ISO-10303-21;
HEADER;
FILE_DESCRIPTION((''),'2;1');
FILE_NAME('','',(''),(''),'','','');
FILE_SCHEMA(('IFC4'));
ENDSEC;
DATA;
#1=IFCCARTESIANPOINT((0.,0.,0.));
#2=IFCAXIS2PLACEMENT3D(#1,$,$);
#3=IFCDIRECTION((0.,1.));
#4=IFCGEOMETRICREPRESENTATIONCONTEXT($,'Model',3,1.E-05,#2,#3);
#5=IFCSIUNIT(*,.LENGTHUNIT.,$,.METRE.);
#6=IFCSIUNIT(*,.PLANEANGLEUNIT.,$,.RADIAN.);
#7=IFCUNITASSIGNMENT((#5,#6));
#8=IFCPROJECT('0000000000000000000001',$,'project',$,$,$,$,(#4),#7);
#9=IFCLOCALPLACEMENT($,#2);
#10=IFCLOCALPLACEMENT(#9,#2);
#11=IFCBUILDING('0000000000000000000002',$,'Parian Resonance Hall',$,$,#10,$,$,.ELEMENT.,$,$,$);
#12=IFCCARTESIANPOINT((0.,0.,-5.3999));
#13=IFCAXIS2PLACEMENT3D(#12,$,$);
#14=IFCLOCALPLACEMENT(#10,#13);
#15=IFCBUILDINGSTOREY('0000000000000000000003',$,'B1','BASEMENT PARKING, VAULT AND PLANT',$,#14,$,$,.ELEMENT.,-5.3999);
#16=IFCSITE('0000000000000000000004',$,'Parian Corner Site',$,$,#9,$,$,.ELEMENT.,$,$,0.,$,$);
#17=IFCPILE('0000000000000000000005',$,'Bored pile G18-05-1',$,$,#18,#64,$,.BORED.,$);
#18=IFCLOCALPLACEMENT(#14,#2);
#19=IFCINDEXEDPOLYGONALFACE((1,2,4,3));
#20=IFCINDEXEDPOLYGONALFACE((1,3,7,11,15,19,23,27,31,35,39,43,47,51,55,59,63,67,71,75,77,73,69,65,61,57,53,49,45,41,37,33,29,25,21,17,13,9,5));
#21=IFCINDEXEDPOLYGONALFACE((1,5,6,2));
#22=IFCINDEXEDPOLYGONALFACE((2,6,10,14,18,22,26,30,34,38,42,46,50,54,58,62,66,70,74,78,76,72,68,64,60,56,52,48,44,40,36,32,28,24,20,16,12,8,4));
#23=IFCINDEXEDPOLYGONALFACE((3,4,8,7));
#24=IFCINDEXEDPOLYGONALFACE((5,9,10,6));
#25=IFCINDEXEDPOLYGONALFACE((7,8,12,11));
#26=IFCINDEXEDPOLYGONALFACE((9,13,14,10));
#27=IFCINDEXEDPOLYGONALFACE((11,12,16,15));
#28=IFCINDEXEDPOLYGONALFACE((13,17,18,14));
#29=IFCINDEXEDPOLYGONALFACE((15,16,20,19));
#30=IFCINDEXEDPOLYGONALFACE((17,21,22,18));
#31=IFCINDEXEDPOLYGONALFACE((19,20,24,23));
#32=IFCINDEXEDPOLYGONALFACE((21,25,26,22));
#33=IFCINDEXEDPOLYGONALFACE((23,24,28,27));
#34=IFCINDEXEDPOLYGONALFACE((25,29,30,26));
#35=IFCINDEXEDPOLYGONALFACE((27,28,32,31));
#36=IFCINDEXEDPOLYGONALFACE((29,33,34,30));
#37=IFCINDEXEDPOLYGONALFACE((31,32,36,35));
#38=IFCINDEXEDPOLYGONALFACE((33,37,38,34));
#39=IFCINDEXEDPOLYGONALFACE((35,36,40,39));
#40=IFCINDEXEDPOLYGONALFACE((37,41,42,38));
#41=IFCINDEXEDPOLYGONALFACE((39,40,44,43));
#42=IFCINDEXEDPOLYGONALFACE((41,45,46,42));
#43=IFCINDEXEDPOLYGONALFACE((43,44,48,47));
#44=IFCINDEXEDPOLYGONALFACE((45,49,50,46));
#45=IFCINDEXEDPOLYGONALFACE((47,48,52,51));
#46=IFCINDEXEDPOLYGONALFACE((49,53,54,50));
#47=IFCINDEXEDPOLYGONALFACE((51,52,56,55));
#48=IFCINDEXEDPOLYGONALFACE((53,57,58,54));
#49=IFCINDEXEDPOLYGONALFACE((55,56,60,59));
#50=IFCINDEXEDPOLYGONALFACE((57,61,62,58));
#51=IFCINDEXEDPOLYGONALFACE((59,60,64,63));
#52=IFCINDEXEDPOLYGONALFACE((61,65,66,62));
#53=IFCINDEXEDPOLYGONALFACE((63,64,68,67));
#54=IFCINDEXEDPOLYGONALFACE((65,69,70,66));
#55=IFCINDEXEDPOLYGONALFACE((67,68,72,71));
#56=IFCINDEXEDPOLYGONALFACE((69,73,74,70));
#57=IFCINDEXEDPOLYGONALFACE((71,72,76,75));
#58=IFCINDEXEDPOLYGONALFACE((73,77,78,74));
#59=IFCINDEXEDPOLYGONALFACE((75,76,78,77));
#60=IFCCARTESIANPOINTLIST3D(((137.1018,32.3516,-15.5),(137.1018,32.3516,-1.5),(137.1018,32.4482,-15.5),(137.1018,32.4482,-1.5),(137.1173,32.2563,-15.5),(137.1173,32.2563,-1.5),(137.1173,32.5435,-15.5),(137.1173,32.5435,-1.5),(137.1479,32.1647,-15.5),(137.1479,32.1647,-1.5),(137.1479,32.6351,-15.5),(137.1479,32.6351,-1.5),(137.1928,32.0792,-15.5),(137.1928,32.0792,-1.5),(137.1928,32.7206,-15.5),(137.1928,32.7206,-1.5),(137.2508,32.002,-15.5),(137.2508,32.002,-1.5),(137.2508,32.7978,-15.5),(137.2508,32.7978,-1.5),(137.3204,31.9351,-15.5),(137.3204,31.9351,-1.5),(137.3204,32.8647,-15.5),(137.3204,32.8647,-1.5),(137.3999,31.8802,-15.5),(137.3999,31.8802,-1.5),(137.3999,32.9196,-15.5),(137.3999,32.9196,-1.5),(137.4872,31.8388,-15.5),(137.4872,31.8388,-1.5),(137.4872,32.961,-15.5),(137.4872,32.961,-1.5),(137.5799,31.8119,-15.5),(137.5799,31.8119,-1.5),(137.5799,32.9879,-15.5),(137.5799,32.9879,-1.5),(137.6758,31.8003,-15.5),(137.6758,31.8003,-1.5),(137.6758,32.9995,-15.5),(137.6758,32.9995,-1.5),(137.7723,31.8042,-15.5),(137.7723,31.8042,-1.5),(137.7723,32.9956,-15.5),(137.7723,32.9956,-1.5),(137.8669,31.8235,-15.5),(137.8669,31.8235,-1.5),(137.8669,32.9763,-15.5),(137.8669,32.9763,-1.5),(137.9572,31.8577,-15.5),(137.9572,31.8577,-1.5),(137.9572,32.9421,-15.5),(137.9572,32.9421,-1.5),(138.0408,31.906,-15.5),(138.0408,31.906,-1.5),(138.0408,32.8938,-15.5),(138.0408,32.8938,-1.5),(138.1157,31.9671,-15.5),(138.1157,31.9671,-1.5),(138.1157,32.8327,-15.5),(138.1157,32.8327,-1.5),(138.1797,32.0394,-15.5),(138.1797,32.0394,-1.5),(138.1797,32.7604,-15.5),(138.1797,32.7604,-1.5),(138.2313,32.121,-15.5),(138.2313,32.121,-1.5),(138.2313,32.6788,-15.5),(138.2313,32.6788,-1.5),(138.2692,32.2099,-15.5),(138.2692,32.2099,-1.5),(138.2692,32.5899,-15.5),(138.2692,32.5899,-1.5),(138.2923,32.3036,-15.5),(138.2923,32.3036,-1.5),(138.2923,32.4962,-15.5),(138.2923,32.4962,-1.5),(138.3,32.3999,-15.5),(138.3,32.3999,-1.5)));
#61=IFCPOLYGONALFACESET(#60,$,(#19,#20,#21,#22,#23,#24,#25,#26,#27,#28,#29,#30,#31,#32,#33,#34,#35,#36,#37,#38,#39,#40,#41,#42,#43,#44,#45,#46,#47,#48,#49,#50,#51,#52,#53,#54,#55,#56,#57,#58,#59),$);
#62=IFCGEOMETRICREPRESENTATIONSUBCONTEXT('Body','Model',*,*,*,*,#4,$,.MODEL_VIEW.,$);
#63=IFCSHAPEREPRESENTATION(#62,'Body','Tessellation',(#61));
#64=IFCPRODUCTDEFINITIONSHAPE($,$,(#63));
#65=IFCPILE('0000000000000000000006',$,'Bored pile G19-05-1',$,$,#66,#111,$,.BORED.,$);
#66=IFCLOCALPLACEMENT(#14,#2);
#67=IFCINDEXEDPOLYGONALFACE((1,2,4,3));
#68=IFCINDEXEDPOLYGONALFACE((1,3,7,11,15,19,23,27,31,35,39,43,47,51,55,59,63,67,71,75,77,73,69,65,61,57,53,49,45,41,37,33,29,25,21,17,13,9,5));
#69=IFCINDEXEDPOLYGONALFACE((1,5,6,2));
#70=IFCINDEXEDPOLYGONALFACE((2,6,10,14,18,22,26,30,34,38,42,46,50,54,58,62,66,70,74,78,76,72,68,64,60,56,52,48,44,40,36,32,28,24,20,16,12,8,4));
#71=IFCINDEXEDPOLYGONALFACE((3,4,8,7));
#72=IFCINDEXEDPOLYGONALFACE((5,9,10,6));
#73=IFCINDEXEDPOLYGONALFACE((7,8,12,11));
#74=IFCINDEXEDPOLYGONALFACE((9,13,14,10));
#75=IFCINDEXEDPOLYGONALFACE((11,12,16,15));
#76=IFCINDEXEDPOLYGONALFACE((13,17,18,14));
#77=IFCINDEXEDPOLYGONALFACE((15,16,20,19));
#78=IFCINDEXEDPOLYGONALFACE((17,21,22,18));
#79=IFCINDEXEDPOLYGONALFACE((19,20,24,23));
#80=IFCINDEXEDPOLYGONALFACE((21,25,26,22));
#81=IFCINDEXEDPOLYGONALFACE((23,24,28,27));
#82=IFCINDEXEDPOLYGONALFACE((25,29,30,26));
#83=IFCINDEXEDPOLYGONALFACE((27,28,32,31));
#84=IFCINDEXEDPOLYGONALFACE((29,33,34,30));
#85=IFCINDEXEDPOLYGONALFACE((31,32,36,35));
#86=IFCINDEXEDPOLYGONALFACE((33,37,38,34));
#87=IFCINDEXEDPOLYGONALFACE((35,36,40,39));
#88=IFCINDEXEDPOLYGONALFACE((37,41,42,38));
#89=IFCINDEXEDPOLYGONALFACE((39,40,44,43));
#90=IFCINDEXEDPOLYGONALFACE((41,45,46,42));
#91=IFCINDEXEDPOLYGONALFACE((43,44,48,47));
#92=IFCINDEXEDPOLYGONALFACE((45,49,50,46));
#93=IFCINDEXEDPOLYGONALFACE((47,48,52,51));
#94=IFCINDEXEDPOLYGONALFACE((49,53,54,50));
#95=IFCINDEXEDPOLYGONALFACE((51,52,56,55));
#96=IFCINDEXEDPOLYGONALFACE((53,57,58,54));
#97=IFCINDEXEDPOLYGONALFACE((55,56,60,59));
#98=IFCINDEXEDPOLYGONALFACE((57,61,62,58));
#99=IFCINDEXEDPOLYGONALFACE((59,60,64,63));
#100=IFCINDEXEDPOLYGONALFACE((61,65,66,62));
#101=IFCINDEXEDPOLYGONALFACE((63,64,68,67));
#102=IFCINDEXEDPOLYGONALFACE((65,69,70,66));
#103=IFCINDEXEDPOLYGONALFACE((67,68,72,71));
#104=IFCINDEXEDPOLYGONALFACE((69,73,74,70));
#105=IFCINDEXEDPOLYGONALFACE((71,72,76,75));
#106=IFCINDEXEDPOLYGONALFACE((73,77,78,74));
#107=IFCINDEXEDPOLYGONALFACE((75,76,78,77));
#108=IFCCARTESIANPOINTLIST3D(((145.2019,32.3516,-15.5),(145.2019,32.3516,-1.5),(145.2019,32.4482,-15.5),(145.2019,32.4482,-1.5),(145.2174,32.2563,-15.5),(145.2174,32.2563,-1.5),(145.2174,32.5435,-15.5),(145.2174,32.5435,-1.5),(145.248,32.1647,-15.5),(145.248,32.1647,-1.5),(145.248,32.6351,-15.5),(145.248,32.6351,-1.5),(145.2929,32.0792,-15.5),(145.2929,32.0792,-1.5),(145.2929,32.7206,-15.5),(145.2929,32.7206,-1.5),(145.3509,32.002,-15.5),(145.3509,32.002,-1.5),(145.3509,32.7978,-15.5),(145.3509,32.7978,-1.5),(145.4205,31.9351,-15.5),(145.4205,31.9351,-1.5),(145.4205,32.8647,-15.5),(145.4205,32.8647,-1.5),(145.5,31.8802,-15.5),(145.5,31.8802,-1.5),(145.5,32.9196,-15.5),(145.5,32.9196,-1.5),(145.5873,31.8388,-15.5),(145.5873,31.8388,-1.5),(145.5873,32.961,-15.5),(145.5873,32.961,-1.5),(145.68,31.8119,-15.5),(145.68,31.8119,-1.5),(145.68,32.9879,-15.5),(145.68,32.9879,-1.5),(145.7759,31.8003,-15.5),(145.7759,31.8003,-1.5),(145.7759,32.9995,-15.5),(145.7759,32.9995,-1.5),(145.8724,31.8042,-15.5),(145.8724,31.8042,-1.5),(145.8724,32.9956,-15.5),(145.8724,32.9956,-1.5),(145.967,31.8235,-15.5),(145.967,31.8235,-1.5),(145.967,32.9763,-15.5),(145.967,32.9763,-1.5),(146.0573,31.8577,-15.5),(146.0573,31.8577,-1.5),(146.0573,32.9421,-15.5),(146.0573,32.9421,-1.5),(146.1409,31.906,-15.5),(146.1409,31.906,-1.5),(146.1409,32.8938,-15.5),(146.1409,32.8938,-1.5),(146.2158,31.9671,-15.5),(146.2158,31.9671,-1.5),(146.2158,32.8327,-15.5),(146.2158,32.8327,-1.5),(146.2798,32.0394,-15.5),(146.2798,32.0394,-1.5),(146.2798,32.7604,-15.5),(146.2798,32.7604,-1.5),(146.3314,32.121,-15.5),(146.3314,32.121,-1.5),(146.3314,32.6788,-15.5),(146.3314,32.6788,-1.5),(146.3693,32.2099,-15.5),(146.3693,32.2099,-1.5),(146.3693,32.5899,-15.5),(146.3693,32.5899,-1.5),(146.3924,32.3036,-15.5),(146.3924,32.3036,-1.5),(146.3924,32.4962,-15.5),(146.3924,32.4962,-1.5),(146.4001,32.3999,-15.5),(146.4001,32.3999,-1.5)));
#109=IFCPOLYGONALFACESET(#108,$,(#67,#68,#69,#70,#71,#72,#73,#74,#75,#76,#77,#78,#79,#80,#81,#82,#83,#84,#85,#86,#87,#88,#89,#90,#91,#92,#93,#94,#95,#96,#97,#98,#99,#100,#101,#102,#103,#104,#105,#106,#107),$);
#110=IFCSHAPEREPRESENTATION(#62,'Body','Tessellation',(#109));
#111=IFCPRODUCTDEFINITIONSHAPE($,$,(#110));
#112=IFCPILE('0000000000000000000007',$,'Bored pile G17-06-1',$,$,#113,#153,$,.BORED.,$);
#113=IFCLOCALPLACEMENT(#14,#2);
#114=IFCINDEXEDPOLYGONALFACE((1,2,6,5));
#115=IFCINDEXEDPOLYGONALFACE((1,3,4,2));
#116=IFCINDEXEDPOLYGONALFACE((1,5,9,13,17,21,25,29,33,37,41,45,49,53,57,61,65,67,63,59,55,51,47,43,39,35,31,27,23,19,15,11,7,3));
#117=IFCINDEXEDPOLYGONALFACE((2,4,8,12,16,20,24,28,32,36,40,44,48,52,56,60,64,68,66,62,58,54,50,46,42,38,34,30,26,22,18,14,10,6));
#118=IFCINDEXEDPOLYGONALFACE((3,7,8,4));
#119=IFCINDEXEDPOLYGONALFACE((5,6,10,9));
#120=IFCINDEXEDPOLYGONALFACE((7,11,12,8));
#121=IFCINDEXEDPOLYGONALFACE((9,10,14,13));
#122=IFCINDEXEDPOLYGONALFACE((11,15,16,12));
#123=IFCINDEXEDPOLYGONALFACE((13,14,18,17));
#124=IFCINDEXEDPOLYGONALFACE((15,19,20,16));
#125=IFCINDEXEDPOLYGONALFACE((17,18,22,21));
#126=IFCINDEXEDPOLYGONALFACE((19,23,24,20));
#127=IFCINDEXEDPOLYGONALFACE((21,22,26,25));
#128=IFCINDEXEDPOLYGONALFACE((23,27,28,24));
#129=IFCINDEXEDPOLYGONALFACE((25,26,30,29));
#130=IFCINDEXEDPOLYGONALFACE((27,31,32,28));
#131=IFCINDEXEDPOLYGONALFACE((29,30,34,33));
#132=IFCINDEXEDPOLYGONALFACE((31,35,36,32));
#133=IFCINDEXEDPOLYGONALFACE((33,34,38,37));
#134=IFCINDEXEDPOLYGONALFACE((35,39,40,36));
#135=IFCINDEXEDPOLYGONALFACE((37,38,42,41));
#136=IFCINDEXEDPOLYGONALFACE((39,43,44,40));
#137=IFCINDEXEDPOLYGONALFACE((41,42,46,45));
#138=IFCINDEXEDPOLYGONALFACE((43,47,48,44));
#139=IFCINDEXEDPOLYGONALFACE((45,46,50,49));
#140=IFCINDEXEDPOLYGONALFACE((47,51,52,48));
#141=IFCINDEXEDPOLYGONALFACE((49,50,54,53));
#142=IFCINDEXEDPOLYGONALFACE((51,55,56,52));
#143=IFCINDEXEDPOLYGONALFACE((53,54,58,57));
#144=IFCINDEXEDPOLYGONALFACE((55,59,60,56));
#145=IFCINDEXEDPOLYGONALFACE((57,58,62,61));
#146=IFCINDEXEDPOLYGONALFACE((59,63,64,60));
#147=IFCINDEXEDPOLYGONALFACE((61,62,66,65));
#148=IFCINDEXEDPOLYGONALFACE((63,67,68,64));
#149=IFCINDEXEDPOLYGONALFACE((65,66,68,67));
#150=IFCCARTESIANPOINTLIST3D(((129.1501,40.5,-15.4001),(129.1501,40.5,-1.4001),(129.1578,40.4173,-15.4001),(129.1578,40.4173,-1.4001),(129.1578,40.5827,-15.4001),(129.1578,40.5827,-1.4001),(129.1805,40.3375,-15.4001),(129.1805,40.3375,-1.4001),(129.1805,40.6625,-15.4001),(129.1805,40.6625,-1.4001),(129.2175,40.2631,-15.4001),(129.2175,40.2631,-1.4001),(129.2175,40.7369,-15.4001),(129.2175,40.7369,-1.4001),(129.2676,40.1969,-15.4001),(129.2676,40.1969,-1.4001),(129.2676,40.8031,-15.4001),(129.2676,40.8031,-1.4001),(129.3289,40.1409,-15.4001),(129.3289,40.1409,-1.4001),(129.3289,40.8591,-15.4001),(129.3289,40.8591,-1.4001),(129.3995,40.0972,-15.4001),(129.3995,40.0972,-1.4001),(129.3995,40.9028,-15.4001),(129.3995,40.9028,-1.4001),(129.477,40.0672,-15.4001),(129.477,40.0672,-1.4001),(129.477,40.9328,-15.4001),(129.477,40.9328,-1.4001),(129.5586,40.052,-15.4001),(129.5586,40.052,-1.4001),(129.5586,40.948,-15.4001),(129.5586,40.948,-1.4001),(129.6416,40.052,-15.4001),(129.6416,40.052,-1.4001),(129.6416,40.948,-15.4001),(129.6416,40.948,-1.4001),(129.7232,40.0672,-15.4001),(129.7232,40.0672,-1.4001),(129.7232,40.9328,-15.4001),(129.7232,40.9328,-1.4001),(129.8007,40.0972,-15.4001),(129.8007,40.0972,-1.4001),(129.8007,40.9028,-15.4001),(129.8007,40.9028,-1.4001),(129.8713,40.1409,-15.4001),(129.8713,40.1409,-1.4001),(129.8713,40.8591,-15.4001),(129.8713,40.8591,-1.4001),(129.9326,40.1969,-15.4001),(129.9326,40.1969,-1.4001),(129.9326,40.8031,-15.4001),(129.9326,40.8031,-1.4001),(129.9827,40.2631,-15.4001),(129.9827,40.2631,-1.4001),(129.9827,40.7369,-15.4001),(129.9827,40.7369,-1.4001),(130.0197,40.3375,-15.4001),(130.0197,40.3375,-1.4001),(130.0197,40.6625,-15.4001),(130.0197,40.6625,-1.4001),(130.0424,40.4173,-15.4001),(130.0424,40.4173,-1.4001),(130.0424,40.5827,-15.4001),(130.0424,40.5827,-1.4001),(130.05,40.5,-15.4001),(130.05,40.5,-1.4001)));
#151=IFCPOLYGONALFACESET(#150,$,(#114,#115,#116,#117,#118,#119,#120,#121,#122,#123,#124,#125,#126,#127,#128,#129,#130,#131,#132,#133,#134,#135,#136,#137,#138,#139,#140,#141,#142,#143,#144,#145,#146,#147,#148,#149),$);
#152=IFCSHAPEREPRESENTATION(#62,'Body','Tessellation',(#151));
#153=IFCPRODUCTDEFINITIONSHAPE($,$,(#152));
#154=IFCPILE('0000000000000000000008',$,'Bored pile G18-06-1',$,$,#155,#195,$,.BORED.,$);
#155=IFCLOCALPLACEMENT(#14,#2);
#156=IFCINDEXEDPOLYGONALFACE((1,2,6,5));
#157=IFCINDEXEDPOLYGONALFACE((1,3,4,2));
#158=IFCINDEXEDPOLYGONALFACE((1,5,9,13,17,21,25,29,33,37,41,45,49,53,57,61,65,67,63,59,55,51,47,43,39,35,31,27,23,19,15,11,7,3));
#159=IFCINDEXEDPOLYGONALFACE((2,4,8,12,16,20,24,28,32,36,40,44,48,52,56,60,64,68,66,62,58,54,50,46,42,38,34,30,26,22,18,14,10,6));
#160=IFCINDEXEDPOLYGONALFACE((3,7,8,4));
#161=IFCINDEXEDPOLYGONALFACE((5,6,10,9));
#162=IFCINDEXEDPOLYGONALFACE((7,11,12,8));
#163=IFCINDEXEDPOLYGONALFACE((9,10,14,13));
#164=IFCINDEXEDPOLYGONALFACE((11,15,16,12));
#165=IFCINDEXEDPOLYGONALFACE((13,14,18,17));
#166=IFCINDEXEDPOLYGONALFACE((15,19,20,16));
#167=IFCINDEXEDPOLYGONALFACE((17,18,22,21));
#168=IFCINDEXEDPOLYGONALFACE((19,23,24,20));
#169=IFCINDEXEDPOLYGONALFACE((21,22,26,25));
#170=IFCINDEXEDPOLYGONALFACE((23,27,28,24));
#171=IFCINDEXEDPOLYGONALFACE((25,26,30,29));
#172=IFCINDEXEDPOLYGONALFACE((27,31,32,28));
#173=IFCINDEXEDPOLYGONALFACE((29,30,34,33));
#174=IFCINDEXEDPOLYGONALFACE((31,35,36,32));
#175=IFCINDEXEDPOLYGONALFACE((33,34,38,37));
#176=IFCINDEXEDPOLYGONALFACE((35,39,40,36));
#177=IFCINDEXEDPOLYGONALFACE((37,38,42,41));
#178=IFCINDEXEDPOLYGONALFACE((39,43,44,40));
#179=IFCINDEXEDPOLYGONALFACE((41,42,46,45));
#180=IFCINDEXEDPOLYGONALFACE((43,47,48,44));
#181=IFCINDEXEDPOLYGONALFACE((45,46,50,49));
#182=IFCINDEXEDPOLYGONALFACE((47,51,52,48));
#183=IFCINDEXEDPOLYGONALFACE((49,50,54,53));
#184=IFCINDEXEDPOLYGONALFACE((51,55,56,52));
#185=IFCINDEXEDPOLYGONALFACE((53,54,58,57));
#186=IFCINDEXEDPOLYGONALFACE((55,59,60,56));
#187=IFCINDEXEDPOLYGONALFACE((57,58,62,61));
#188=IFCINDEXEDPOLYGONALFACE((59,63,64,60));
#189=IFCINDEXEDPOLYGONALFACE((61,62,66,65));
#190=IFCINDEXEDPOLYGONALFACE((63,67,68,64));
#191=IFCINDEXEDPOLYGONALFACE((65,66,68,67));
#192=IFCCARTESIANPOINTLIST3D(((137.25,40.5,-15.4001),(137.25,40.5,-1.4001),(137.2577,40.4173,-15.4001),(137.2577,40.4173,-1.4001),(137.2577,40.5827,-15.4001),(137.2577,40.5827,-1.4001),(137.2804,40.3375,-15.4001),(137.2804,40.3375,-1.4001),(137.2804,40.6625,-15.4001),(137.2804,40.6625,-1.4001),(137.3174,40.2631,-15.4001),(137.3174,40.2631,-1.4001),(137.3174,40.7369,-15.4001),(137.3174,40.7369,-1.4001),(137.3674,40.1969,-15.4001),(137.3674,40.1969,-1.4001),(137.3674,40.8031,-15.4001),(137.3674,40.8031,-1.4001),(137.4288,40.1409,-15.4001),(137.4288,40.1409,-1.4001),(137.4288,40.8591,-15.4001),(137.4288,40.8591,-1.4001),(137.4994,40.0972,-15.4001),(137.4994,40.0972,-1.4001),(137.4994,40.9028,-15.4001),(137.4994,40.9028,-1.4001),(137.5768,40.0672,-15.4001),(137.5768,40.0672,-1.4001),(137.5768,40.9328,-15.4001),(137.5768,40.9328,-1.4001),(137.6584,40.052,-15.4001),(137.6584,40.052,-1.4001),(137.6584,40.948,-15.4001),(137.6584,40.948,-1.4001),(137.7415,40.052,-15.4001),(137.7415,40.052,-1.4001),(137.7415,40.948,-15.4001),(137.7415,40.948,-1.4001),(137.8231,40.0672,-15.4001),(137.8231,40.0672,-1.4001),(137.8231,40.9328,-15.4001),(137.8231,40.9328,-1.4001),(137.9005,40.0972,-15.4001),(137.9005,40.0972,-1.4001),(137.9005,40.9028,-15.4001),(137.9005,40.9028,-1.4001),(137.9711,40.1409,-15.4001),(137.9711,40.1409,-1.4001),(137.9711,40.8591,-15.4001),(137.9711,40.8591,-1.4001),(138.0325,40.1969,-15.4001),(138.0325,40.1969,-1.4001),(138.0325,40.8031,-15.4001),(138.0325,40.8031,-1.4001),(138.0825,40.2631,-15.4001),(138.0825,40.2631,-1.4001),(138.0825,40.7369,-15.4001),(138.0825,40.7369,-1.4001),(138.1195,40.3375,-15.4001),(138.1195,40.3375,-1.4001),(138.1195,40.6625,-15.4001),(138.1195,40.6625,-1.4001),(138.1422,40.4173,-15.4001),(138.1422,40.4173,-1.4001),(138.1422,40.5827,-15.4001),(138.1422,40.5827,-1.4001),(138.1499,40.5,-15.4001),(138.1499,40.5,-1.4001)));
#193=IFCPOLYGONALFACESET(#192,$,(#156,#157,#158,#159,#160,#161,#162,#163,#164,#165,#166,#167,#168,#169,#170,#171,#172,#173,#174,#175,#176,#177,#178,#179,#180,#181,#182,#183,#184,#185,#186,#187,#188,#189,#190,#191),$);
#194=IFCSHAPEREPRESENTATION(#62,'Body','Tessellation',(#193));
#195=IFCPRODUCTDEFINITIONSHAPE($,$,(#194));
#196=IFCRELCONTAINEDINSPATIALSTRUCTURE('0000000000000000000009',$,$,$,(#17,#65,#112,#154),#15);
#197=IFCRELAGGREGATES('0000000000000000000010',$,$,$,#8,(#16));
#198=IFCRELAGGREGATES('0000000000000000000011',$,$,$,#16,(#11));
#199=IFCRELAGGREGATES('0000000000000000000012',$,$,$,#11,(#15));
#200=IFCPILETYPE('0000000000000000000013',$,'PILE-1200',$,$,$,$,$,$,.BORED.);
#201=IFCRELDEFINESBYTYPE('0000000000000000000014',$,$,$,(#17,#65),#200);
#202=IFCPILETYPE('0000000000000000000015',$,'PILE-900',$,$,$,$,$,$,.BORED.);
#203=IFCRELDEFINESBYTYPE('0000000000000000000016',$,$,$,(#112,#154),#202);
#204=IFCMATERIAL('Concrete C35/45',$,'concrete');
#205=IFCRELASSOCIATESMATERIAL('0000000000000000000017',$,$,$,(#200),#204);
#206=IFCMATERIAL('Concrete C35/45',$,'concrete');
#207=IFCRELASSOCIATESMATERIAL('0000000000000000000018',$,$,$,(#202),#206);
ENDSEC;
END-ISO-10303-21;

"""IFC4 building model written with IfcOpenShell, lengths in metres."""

from ifc_helpers import new_model, si_unit, direction, frame, origin, origin_2d, place, context, subcontext, project, spatial, circle, extrude, material, material_profile, profile_set, type_object, element, save


model = new_model("IFC4")

# Units and contexts
model_context = context("Model", 3, precision=1e-05, world=origin(), true_north=direction((0.0, 1.0)))
body_context = subcontext(model_context, "Body", "Model", "MODEL_VIEW")
ifc_project = project(units=[si_unit("LENGTHUNIT", "METRE"), si_unit("PLANEANGLEUNIT", "RADIAN")], contexts=[model_context])

# Site, building, storey
site_placement = place(None, origin())
site = spatial("IfcSite", under=ifc_project, at=site_placement, Name="Parian Corner Site", CompositionType="ELEMENT", RefElevation=0.0)
building_placement = place(site_placement, origin())
building = spatial("IfcBuilding", under=site, at=building_placement, Name="Parian Resonance Hall", CompositionType="ELEMENT")
storey_placement = place(building_placement, frame((0.0, 0.0, -5.3999)))
storey = spatial("IfcBuildingStorey", under=building, at=storey_placement, Name="B1", Description="BASEMENT PARKING, VAULT AND PLANT", CompositionType="ELEMENT", Elevation=-5.3999)

# Piles
ifc_material_1 = material(Name="Concrete C35/45", Category="concrete")
ifc_material_profile_1 = material_profile(ifc_material_1, circle(Radius=0.6001, at=origin_2d()), Name="PILE-D1200")
ifc_profile_set_1 = profile_set([ifc_material_profile_1], Name="Concrete C35/45")
pile_type_1 = type_object("IfcPileType", Name="PILE-1200", PredefinedType="BORED", material=ifc_profile_set_1)
for number, where, z_axis, x_axis, name in (
    (1, (137.7, 32.3999, -1.5), (0.0, 0.0, -1.0), (1.0, 0.0, 0.0), "Bored pile G18-05-1"),
    (2, (145.8, 32.3999, -1.5), (0.0, 0.0, -1.0), (1.0, 0.0, 0.0), "Bored pile G19-05-1"),
):
    element("IfcPile", number, at=place(storey_placement, frame(where, z_axis=z_axis, x_axis=x_axis)), inside=storey, type_object=pile_type_1, Name=name, PredefinedType="BORED", context=body_context, shape_type="SweptSolid", body=[
        extrude(circle(Radius=0.6001, at=origin_2d()), origin(), (0.0, 0.0, 1.0), 14.0),
    ])
ifc_material_2 = material(Name="Concrete C35/45", Category="concrete")
ifc_material_profile_2 = material_profile(ifc_material_2, circle(Radius=0.45, at=origin_2d()), Name="PILE-D900")
ifc_profile_set_2 = profile_set([ifc_material_profile_2], Name="Concrete C35/45")
pile_type_2 = type_object("IfcPileType", Name="PILE-900", PredefinedType="BORED", material=ifc_profile_set_2)
for number, where, z_axis, x_axis, name in (
    (3, (129.6001, 40.5, -1.4001), (0.0, 0.0, -1.0), (1.0, 0.0, 0.0), "Bored pile G17-06-1"),
    (4, (137.7, 40.5, -1.4001), (0.0, 0.0, -1.0), (1.0, 0.0, 0.0), "Bored pile G18-06-1"),
):
    element("IfcPile", number, at=place(storey_placement, frame(where, z_axis=z_axis, x_axis=x_axis)), inside=storey, type_object=pile_type_2, Name=name, PredefinedType="BORED", context=body_context, shape_type="SweptSolid", body=[
        extrude(circle(Radius=0.45, at=origin_2d()), origin(), (0.0, 0.0, 1.0), 14.0),
    ])

save(model, "model.ifc")
